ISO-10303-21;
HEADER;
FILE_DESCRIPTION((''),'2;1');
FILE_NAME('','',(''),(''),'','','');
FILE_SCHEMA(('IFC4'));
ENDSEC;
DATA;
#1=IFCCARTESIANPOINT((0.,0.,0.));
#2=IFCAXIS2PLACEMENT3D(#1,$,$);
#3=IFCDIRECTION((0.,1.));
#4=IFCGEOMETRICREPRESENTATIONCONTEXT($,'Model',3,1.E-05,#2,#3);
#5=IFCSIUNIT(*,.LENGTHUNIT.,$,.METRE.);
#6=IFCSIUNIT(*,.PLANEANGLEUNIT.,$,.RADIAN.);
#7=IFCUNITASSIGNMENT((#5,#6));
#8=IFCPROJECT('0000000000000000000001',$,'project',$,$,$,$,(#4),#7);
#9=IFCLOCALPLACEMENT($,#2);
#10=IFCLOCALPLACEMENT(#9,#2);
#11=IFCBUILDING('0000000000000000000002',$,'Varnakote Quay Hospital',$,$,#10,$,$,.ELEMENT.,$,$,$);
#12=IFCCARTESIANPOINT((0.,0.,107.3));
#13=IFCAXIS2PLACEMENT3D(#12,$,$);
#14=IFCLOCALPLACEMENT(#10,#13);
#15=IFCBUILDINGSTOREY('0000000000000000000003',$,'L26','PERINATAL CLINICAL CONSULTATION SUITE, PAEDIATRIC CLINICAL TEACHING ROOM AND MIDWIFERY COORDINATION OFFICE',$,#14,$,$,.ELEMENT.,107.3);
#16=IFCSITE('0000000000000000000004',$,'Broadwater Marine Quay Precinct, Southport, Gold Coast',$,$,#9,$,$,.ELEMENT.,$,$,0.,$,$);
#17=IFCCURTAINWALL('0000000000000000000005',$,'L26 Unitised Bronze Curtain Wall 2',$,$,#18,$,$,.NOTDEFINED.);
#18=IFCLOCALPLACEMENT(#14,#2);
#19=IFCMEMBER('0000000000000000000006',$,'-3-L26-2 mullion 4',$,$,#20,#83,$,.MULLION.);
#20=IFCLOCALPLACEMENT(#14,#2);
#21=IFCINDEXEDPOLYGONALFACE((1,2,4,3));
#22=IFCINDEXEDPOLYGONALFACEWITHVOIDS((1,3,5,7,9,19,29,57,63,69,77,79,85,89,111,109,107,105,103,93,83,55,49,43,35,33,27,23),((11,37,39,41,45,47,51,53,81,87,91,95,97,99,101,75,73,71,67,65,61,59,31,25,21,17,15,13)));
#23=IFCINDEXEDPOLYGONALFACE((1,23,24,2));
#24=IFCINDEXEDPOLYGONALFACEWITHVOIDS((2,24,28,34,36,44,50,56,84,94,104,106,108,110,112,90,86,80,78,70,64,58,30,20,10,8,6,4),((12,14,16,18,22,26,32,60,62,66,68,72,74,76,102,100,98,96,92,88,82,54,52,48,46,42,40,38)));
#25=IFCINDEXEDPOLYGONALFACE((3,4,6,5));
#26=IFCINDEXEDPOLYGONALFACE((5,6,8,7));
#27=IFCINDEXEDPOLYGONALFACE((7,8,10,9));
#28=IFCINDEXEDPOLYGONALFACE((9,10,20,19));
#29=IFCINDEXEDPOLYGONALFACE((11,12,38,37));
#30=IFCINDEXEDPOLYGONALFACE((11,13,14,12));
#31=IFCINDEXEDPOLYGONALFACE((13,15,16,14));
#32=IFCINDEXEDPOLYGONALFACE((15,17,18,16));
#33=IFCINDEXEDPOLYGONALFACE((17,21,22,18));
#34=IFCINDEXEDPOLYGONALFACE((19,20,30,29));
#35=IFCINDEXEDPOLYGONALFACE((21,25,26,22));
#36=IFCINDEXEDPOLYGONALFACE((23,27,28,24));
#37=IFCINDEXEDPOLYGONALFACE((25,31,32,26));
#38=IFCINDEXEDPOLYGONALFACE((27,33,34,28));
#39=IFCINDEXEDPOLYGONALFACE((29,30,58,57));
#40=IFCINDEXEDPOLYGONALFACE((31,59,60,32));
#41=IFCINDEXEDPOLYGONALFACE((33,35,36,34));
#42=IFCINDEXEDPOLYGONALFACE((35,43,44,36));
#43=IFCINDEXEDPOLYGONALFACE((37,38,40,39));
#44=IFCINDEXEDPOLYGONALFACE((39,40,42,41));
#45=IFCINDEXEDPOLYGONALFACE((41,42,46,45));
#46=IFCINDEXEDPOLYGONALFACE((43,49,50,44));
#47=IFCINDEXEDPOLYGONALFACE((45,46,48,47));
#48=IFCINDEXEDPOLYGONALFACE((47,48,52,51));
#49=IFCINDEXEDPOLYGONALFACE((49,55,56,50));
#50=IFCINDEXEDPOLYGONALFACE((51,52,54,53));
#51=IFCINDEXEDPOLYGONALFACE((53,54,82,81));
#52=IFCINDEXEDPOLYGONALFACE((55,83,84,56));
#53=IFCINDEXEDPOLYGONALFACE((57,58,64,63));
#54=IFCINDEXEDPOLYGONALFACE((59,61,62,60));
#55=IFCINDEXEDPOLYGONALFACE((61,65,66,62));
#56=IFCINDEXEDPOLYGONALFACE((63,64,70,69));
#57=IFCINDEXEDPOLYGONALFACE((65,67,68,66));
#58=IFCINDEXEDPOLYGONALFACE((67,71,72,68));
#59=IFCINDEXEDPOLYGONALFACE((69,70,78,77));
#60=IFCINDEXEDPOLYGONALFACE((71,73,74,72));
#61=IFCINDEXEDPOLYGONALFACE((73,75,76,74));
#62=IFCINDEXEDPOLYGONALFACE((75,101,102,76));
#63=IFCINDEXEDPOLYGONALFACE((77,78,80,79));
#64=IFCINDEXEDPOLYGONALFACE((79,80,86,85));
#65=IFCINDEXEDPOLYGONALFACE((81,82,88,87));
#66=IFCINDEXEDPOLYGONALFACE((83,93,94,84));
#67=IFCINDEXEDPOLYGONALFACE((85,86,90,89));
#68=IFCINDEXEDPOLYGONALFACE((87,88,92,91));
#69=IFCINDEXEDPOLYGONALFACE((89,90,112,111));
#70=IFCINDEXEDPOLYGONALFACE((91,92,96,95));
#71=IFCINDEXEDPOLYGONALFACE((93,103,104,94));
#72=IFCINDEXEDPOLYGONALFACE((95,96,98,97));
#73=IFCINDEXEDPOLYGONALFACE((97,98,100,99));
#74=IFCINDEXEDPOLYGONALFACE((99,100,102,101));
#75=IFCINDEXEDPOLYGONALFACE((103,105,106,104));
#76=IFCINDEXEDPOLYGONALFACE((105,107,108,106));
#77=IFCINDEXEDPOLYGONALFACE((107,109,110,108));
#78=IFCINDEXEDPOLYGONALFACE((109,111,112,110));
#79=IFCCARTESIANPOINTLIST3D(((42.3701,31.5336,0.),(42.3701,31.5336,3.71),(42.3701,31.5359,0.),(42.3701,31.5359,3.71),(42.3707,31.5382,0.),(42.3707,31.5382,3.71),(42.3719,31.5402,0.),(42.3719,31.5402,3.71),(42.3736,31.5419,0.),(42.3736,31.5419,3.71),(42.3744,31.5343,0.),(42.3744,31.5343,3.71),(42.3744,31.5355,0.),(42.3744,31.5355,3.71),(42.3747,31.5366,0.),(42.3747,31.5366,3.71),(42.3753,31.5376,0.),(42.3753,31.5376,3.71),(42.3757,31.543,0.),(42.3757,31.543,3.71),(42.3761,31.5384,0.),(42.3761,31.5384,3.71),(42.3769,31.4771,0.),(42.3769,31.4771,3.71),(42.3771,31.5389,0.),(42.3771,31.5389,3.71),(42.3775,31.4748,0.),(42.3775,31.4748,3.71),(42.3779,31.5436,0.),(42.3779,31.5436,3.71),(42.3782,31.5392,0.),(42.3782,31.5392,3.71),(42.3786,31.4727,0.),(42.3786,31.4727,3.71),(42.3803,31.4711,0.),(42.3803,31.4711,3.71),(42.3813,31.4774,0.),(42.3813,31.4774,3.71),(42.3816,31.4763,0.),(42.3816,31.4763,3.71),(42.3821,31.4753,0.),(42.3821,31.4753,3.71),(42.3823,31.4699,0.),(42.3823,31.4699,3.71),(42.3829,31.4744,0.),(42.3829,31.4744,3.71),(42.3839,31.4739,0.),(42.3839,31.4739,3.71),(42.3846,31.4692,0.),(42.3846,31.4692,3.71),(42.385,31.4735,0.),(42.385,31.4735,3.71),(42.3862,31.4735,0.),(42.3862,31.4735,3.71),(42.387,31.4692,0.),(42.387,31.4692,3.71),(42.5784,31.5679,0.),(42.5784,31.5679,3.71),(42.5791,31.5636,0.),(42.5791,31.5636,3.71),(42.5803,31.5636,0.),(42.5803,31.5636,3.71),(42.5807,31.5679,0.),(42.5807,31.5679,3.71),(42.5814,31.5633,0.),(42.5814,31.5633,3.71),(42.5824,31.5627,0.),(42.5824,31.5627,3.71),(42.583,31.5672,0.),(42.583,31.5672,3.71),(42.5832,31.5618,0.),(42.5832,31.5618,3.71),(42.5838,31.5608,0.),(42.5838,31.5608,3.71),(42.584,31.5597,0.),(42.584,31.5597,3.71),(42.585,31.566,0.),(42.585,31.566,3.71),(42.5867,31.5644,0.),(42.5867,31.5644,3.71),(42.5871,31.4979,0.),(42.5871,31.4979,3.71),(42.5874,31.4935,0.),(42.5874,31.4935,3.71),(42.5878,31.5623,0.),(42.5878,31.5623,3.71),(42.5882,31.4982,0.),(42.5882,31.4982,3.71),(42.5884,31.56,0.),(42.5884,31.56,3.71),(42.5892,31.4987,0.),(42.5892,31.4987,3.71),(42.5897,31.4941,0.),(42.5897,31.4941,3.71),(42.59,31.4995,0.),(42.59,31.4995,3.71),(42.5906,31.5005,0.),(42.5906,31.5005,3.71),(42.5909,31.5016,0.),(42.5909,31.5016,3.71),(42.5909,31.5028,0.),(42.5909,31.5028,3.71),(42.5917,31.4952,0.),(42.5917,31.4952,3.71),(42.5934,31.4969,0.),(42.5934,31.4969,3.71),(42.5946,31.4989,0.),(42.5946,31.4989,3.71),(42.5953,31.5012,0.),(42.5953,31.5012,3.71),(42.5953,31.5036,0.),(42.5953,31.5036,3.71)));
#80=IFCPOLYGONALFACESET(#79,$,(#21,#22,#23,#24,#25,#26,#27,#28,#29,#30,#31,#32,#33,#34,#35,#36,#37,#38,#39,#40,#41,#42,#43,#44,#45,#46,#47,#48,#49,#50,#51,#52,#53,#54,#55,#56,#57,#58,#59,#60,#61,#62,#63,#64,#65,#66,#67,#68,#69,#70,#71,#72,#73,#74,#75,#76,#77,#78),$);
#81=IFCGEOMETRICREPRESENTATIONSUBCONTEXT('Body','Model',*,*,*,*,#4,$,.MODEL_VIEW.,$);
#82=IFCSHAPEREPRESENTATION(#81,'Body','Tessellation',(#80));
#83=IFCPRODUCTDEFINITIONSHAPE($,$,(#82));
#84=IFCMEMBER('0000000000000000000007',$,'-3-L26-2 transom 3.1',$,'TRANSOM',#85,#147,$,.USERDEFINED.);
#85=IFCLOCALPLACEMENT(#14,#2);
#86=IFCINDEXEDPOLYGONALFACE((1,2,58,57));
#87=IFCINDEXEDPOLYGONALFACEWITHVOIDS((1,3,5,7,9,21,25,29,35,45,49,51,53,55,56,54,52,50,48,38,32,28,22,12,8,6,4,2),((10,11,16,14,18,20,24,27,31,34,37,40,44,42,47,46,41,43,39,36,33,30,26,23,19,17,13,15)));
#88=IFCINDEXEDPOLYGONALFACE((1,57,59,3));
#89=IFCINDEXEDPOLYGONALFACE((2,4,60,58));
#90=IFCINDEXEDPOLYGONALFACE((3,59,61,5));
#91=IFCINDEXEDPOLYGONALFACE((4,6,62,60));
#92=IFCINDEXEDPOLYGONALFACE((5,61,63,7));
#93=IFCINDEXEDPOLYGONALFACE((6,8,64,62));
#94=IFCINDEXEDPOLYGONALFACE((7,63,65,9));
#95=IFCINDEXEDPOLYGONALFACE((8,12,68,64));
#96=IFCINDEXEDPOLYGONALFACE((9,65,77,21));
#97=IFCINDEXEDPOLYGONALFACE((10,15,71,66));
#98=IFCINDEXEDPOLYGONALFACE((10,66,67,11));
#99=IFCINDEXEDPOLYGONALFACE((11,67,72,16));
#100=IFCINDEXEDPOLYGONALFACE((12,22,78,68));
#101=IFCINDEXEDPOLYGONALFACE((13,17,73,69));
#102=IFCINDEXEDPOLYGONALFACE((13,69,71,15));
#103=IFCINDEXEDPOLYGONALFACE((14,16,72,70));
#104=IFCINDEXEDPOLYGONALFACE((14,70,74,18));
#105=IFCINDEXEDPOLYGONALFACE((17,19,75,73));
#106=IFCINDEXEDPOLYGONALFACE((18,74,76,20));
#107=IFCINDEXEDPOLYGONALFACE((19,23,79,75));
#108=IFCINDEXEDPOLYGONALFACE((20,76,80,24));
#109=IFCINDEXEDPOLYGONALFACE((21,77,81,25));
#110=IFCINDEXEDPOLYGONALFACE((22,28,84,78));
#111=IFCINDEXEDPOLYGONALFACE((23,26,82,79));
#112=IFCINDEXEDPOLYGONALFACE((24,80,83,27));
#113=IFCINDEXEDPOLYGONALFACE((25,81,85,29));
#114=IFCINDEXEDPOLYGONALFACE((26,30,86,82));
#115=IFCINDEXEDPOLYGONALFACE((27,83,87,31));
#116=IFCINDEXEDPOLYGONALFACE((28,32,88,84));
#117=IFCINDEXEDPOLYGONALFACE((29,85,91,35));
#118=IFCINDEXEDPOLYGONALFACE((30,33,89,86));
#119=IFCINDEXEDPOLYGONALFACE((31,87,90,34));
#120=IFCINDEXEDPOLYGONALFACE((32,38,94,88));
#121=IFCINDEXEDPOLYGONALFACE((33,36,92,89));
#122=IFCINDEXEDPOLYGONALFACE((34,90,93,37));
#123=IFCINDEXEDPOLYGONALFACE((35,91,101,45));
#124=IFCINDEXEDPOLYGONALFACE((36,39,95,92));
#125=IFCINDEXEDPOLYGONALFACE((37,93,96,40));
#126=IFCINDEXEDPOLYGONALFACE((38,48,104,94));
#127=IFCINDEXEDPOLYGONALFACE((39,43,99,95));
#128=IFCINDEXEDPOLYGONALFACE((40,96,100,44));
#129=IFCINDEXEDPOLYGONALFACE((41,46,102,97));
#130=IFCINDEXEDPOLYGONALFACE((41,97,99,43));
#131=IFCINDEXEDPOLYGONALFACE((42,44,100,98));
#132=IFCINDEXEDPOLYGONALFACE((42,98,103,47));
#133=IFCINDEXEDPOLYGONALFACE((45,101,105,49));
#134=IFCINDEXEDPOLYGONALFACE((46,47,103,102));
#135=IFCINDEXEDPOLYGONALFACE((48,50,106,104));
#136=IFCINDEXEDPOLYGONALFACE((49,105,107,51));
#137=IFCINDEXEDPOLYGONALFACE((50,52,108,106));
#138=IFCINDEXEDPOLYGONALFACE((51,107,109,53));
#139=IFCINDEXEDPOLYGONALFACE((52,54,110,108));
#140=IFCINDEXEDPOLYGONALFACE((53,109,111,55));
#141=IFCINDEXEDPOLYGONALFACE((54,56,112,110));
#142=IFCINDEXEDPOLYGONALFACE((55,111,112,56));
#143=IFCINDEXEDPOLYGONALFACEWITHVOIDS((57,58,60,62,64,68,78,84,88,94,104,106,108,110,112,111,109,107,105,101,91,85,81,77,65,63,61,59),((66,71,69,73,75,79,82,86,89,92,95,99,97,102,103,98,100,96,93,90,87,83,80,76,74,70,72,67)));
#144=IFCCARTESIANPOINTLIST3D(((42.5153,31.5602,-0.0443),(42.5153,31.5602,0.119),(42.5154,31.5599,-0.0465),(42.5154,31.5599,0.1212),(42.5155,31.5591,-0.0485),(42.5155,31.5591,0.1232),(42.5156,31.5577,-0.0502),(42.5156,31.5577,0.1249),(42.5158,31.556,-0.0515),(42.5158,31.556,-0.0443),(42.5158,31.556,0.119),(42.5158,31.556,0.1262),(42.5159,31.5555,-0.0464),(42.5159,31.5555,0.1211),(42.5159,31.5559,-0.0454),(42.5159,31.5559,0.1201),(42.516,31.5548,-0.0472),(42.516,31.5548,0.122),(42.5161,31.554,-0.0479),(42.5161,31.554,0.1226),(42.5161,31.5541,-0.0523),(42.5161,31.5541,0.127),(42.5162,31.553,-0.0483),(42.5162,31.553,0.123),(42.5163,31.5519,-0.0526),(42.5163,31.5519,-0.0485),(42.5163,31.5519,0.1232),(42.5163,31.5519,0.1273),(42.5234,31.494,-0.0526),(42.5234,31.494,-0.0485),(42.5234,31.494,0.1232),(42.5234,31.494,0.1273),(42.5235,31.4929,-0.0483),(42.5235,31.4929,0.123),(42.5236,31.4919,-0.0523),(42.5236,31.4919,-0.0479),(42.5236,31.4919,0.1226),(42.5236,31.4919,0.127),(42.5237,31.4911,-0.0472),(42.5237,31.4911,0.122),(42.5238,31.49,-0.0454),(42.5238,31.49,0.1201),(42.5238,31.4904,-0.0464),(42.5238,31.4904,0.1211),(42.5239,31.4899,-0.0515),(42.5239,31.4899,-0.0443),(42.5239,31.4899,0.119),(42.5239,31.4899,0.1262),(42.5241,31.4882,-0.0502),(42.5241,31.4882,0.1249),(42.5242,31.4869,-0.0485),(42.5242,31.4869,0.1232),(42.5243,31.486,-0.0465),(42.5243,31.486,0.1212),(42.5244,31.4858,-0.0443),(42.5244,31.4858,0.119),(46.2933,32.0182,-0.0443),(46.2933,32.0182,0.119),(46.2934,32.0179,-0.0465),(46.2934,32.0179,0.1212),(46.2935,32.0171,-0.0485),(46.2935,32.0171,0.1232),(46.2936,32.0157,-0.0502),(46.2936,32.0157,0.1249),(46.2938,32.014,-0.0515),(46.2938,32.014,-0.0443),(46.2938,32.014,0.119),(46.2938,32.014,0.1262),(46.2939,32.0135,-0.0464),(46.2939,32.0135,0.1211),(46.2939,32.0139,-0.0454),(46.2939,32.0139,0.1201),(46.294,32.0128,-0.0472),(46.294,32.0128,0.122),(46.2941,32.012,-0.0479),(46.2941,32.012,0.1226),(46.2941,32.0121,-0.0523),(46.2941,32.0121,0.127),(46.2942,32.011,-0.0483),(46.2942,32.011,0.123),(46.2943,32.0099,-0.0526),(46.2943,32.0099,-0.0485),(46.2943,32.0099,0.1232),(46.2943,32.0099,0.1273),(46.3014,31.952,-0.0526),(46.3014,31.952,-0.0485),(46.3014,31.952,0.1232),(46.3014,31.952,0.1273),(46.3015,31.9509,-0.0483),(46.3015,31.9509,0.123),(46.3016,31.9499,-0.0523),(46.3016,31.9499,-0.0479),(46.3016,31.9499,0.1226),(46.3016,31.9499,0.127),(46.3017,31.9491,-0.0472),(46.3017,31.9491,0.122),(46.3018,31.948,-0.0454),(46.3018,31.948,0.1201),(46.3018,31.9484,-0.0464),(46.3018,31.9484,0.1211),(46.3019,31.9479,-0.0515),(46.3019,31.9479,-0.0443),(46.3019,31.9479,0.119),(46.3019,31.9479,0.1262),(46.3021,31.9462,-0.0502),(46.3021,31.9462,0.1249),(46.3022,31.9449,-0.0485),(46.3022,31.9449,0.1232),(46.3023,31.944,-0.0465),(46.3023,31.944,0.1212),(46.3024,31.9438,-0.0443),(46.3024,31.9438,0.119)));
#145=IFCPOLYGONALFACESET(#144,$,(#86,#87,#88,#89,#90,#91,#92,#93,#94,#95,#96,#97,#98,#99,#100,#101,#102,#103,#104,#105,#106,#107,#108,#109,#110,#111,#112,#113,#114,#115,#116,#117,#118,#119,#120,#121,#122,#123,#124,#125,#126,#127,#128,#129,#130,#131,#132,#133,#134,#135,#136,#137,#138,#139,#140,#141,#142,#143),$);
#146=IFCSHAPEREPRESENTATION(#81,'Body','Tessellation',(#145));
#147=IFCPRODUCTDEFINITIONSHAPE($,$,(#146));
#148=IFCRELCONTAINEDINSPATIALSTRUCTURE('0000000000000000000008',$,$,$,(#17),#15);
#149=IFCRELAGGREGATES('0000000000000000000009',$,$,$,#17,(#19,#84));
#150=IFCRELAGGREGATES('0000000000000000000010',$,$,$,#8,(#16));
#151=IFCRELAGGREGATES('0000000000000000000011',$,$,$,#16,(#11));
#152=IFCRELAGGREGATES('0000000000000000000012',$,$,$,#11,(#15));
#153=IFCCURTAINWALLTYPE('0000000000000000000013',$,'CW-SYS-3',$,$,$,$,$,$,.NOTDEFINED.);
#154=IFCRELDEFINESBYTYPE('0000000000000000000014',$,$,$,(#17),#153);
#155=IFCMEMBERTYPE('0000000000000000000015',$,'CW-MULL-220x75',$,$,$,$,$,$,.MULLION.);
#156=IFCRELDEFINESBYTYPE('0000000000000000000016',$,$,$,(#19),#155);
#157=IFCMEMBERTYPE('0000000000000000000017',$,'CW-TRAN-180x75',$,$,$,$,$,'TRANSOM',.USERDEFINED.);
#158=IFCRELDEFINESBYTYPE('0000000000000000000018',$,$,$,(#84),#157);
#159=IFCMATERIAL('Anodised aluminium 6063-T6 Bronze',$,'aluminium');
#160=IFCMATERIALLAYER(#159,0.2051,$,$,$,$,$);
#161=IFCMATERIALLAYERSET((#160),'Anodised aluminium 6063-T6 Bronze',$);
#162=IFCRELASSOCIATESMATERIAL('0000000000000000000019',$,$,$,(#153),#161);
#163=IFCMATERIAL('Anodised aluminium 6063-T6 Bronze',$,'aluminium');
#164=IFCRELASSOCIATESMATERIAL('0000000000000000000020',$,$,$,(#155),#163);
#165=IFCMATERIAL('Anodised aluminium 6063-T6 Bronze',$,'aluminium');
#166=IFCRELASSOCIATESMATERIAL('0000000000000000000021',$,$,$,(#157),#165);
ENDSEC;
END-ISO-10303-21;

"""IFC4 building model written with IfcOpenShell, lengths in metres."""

from ifc_helpers import new_model, si_unit, direction, frame, origin, origin_2d, place, context, subcontext, project, spatial, hollow_rectangle, extrude, material, layer, layer_set, material_profile, profile_set, type_object, element, aggregate, save


model = new_model("IFC4")

# Units and contexts
model_context = context("Model", 3, precision=1e-05, world=origin(), true_north=direction((0.0, 1.0)))
body_context = subcontext(model_context, "Body", "Model", "MODEL_VIEW")
ifc_project = project(units=[si_unit("LENGTHUNIT", "METRE"), si_unit("PLANEANGLEUNIT", "RADIAN")], contexts=[model_context])

# Site, building, storey
site_placement = place(None, origin())
site = spatial("IfcSite", under=ifc_project, at=site_placement, Name="Broadwater Marine Quay Precinct, Southport, Gold Coast", CompositionType="ELEMENT", RefElevation=0.0)
building_placement = place(site_placement, origin())
building = spatial("IfcBuilding", under=site, at=building_placement, Name="Varnakote Quay Hospital", CompositionType="ELEMENT")
storey_placement = place(building_placement, frame((0.0, 0.0, 107.3)))
storey = spatial("IfcBuildingStorey", under=building, at=storey_placement, Name="L26", Description="PERINATAL CLINICAL CONSULTATION SUITE, PAEDIATRIC CLINICAL TEACHING ROOM AND MIDWIFERY COORDINATION OFFICE", CompositionType="ELEMENT", Elevation=107.3)

# Curtain wall, members
ifc_material_1 = material(Name="Anodised aluminium 6063-T6 Bronze", Category="aluminium")
ifc_layer_1 = layer(ifc_material_1, 0.2051)
ifc_layer_set_1 = layer_set([ifc_layer_1], Name="Anodised aluminium 6063-T6 Bronze")
curtain_wall_type = type_object("IfcCurtainWallType", Name="CW-SYS-3", PredefinedType="NOTDEFINED", material=ifc_layer_set_1)
curtain_wall_placement = place(storey_placement, origin())
curtain_wall = element("IfcCurtainWall", 1, at=curtain_wall_placement, inside=storey, type_object=curtain_wall_type, Name="L26 Unitised Bronze Curtain Wall 2", PredefinedType="NOTDEFINED")
ifc_material_2 = material(Name="Anodised aluminium 6063-T6 Bronze", Category="aluminium")
ifc_material_profile_1 = material_profile(ifc_material_2, hollow_rectangle(XDim=0.075, YDim=0.22, WallThickness=0.0044, InnerFilletRadius=0.0044, OuterFilletRadius=0.009, at=origin_2d()), Name="CW-MULL-220x75")
ifc_profile_set_1 = profile_set([ifc_material_profile_1], Name="Anodised aluminium 6063-T6 Bronze")
member_type_1 = type_object("IfcMemberType", Name="CW-MULL-220x75", PredefinedType="MULLION", material=ifc_profile_set_1)
member_1_placement = place(storey_placement, frame((42.4827, 31.5186, 0.0), z_axis=(0.0, 0.0, 1.0), x_axis=(0.120327, -0.992734, 0.0)))
member_1 = element("IfcMember", 2, at=member_1_placement, type_object=member_type_1, Name="-3-L26-2 mullion 4", PredefinedType="MULLION", context=body_context, shape_type="SweptSolid", body=[
    extrude(hollow_rectangle(XDim=0.075, YDim=0.22, WallThickness=0.0044, InnerFilletRadius=0.0044, OuterFilletRadius=0.009, at=origin_2d()), origin(), (0.0, 0.0, 1.0), 3.71),
])
ifc_material_3 = material(Name="Anodised aluminium 6063-T6 Bronze", Category="aluminium")
ifc_material_profile_2 = material_profile(ifc_material_3, hollow_rectangle(XDim=0.075, YDim=0.1799, WallThickness=0.0042, InnerFilletRadius=0.0042, OuterFilletRadius=0.0083, at=origin_2d()), Name="CW-TRAN-180x75")
ifc_profile_set_2 = profile_set([ifc_material_profile_2], Name="Anodised aluminium 6063-T6 Bronze")
member_type_2 = type_object("IfcMemberType", Name="CW-TRAN-180x75", ElementType="TRANSOM", PredefinedType="USERDEFINED", material=ifc_profile_set_2)
member_2_placement = place(storey_placement, frame((46.2979, 31.981, 0.0374), z_axis=(-0.992732, -0.120347, 0.0), x_axis=(0.120347, -0.992732, 0.0)))
member_2 = element("IfcMember", 3, at=member_2_placement, type_object=member_type_2, Name="-3-L26-2 transom 3.1", ObjectType="TRANSOM", PredefinedType="USERDEFINED", context=body_context, shape_type="SweptSolid", body=[
    extrude(hollow_rectangle(XDim=0.075, YDim=0.1799, WallThickness=0.0042, InnerFilletRadius=0.0042, OuterFilletRadius=0.0083, at=origin_2d()), origin(), (0.0, 0.0, 1.0), 3.8057),
])

aggregate(curtain_wall, [member_1, member_2])

save(model, "model.ifc")
